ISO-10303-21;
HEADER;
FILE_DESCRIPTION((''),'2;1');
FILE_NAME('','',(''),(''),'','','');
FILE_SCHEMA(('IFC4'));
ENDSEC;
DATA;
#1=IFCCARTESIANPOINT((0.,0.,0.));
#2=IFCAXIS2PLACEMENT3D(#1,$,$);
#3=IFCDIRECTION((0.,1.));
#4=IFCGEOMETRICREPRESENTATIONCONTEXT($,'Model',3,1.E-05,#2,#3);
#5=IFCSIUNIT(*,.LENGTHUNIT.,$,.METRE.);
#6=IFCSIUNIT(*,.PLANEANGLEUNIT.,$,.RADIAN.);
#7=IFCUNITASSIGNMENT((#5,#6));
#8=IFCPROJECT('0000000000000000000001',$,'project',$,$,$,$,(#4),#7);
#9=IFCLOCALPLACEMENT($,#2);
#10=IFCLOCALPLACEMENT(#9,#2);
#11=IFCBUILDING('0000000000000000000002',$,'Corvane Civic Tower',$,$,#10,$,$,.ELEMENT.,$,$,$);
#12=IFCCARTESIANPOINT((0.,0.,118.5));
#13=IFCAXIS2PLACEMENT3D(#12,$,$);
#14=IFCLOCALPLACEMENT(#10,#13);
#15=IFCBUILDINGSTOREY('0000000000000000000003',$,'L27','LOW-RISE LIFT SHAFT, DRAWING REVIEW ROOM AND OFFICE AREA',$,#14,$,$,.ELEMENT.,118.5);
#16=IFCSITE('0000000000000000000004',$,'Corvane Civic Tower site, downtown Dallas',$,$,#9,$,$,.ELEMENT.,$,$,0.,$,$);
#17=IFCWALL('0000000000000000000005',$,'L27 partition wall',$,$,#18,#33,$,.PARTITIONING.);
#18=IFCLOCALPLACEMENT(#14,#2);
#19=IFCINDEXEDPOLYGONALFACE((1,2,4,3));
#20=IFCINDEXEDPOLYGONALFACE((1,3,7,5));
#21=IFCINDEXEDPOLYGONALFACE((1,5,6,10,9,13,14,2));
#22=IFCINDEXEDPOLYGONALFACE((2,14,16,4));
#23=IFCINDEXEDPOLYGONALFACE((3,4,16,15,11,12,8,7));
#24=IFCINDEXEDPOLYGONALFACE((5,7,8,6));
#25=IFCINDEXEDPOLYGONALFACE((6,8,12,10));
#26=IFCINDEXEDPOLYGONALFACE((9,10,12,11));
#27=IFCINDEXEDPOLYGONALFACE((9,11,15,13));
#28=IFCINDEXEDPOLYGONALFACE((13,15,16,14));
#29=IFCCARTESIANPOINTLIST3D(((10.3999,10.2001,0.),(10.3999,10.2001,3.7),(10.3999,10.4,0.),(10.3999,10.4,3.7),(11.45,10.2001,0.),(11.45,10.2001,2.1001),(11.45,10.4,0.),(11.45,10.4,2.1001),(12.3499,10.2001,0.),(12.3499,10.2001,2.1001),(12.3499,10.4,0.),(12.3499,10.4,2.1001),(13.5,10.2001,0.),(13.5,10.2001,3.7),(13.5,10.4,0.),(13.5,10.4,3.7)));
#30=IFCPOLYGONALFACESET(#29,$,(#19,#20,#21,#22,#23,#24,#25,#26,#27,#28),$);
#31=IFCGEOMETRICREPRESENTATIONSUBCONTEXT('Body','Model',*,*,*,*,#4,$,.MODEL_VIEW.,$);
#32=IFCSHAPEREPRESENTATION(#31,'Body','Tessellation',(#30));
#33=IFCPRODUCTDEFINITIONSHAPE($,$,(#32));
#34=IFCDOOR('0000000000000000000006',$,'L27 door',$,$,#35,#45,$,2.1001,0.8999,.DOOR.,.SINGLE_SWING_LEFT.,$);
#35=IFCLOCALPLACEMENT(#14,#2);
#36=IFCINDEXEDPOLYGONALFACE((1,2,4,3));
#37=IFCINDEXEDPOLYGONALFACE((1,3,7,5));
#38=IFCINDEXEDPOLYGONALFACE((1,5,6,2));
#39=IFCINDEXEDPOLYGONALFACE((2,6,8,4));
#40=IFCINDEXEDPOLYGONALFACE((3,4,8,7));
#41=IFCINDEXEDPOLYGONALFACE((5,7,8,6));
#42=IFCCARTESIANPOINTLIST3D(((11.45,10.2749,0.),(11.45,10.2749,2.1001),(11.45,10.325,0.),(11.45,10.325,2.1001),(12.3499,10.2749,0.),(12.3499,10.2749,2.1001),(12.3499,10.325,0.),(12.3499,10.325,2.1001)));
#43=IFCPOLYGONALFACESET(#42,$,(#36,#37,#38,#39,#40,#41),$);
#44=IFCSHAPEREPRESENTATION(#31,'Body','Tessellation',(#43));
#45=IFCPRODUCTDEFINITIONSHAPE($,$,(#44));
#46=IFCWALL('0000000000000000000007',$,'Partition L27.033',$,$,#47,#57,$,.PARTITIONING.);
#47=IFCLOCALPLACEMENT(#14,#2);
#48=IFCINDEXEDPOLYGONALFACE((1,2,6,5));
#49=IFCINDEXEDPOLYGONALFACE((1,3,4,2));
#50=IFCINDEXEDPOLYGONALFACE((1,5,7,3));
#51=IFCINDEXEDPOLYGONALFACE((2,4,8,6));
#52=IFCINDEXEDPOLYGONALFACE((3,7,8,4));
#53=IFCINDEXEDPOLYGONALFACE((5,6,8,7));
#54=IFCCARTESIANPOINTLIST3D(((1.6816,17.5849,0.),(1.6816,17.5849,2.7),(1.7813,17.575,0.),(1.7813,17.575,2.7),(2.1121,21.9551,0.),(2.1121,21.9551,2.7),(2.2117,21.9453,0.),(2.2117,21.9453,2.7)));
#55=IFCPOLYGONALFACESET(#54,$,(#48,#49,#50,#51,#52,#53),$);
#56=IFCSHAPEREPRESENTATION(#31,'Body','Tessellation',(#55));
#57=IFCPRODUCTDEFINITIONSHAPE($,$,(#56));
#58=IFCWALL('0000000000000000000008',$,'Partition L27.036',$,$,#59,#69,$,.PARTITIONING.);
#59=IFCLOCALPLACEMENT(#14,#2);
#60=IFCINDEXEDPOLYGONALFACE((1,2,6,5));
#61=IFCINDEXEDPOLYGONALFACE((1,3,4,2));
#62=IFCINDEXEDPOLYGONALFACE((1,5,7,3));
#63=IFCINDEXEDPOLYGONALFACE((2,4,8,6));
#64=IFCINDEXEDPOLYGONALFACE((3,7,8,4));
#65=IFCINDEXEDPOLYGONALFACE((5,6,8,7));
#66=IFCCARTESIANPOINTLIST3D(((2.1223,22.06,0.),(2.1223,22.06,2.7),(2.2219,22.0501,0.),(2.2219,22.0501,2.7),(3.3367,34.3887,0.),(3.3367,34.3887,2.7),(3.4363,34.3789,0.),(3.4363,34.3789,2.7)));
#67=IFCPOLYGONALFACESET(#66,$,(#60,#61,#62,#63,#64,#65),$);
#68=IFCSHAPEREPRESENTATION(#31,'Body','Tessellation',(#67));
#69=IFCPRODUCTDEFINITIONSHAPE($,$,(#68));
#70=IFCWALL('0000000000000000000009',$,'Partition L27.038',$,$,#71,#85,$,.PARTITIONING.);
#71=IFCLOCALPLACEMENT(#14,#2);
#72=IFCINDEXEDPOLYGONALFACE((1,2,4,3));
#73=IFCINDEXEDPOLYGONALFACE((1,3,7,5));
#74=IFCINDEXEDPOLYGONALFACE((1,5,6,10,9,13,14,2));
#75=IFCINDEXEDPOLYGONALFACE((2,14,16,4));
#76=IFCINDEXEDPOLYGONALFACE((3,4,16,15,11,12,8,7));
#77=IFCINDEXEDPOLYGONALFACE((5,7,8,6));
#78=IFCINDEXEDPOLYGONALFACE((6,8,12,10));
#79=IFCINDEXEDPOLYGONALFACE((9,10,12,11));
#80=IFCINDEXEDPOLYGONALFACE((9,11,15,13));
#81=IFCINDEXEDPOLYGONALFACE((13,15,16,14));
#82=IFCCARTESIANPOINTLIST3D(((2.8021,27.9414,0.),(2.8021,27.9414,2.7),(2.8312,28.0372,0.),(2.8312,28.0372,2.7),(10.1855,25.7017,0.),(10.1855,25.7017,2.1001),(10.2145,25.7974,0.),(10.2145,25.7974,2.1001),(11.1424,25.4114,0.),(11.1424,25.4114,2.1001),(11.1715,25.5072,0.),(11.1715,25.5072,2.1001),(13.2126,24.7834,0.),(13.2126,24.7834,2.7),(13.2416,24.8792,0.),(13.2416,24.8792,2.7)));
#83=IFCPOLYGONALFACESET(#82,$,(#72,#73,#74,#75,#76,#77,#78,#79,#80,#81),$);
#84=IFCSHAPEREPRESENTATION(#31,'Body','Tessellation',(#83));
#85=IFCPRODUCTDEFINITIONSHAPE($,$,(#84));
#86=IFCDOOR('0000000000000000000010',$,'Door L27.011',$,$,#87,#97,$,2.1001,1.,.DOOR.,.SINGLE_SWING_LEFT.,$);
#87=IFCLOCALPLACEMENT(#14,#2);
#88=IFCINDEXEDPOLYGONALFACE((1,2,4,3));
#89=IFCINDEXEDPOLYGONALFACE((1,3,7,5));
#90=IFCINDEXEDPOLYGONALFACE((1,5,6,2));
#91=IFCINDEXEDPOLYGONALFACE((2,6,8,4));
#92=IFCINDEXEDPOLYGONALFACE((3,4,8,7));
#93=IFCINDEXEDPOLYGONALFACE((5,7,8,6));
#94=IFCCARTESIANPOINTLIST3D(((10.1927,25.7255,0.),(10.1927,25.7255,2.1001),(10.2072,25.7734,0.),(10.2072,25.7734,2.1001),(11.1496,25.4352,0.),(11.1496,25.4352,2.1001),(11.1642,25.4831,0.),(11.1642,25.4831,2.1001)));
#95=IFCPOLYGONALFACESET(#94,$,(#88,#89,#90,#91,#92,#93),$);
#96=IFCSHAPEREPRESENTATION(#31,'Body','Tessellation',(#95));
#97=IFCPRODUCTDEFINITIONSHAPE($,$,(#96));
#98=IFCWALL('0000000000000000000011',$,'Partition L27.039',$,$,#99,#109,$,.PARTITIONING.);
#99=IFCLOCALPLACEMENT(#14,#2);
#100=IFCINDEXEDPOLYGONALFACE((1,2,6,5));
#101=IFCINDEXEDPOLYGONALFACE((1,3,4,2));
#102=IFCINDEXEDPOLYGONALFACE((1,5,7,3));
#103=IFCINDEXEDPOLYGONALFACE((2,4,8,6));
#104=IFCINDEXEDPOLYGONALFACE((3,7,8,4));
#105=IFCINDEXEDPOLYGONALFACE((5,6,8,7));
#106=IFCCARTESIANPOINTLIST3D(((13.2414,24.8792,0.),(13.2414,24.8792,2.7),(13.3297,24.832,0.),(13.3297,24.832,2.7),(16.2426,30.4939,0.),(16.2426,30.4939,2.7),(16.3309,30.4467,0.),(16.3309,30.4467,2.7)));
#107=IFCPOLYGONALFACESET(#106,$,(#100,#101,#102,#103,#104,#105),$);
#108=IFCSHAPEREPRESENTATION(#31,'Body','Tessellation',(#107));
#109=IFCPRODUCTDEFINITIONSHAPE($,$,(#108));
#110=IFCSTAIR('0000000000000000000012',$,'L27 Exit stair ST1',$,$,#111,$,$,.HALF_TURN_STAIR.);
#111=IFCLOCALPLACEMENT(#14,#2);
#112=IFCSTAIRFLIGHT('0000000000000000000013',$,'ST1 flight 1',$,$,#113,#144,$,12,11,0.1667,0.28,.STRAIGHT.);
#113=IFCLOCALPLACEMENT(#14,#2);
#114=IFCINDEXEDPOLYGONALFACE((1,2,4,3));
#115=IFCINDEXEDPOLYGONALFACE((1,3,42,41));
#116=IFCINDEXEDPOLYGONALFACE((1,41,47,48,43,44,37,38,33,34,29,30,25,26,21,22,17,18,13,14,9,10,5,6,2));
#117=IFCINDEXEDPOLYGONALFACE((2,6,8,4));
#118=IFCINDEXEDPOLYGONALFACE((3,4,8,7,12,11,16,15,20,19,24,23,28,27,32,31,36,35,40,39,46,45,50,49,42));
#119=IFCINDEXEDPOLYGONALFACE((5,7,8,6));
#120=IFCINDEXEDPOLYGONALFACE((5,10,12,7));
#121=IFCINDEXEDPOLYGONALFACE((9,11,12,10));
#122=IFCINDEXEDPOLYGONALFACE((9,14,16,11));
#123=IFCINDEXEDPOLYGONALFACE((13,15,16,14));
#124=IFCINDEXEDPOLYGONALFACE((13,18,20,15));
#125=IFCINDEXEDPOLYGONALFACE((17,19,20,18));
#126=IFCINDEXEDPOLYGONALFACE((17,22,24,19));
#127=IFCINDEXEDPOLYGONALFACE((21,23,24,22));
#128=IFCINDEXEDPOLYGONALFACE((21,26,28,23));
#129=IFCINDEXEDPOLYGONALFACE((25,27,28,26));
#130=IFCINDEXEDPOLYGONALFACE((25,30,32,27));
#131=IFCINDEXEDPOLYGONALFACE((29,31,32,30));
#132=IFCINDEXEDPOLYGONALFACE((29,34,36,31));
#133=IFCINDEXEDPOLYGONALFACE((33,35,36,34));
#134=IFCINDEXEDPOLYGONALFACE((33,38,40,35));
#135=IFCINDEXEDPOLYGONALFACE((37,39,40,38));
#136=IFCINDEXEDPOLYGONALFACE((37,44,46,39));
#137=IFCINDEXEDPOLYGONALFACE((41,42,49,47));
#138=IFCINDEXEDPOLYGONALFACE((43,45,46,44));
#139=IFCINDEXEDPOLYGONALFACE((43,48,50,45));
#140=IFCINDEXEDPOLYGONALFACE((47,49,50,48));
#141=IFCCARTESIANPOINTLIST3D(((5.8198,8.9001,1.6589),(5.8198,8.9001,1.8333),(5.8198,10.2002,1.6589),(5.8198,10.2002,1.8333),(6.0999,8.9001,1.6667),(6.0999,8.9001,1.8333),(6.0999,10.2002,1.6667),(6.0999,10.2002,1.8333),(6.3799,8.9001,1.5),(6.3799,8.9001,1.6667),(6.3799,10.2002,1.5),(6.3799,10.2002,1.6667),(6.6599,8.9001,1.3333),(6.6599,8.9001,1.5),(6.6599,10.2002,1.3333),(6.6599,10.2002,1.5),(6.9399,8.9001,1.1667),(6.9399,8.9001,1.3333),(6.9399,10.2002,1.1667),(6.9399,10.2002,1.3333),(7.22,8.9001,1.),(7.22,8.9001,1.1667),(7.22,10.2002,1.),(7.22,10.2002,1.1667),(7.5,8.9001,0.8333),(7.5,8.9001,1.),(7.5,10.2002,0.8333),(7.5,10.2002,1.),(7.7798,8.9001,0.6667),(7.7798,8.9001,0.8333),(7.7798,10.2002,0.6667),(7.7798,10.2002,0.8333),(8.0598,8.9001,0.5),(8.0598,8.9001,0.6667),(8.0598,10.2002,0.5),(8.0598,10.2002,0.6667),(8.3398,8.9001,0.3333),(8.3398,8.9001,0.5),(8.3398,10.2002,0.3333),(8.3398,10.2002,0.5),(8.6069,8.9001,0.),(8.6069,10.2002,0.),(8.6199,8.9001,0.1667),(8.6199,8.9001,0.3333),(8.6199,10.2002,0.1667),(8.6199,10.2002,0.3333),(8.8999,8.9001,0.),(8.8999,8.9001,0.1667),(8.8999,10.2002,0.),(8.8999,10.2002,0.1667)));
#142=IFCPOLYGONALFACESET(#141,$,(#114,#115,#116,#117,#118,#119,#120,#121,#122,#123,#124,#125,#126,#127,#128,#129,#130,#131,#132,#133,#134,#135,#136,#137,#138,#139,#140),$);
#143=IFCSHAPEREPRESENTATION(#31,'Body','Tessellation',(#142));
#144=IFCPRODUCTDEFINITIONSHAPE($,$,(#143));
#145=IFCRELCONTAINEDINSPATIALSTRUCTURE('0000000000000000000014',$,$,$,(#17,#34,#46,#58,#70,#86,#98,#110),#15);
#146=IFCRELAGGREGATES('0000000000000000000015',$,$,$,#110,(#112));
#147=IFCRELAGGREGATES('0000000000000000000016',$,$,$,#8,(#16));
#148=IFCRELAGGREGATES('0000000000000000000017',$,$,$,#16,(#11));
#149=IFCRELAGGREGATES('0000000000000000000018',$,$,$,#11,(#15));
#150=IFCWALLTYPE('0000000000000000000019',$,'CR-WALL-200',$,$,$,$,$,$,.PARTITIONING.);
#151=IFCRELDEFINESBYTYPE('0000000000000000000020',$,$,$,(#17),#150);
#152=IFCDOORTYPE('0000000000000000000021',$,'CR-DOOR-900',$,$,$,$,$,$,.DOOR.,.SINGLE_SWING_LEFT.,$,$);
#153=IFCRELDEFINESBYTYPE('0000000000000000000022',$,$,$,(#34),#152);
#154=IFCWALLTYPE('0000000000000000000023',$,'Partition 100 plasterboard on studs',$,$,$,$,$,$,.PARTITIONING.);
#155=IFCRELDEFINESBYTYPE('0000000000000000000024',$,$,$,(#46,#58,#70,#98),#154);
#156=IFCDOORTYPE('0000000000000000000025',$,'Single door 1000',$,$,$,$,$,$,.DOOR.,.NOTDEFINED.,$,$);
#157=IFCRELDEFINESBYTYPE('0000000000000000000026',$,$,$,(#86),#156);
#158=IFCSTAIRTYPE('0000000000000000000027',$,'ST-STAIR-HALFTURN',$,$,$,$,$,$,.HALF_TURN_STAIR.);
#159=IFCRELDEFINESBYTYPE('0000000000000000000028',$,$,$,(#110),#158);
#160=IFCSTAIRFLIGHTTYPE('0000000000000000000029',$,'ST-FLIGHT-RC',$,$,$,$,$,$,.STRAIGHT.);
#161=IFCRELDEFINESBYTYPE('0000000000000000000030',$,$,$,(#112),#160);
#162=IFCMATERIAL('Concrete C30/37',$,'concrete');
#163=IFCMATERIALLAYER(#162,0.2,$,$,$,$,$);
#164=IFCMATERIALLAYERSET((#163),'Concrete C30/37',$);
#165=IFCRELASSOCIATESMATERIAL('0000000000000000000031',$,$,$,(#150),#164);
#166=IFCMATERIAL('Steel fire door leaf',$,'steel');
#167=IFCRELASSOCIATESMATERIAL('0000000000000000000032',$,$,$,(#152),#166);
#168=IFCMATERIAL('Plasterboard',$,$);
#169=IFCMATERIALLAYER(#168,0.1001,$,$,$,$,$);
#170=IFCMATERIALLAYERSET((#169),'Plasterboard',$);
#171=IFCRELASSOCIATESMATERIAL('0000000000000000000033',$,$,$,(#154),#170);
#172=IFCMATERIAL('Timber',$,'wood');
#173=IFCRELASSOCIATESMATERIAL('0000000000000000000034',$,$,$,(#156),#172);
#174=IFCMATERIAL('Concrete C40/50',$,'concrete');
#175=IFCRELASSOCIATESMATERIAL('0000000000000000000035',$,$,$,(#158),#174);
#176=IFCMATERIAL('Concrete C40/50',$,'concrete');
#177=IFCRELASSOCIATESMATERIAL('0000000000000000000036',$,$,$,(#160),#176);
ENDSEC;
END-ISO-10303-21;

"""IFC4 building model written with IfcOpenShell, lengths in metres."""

from ifc_helpers import new_model, si_unit, direction, frame, frame_2d, origin, place, context, subcontext, project, spatial, polyline, rectangle, outline, extrude, material, layer, layer_set, type_object, element, fill, aggregate, save


model = new_model("IFC4")

# Units and contexts
model_context = context("Model", 3, precision=1e-05, world=origin(), true_north=direction((0.0, 1.0)))
body_context = subcontext(model_context, "Body", "Model", "MODEL_VIEW")
ifc_project = project(units=[si_unit("LENGTHUNIT", "METRE"), si_unit("PLANEANGLEUNIT", "RADIAN")], contexts=[model_context])

# Site, building, storey
site_placement = place(None, origin())
site = spatial("IfcSite", under=ifc_project, at=site_placement, Name="Corvane Civic Tower site, downtown Dallas", CompositionType="ELEMENT", RefElevation=0.0)
building_placement = place(site_placement, origin())
building = spatial("IfcBuilding", under=site, at=building_placement, Name="Corvane Civic Tower", CompositionType="ELEMENT")
storey_placement = place(building_placement, frame((0.0, 0.0, 118.5)))
storey = spatial("IfcBuildingStorey", under=building, at=storey_placement, Name="L27", Description="LOW-RISE LIFT SHAFT, DRAWING REVIEW ROOM AND OFFICE AREA", CompositionType="ELEMENT", Elevation=118.5)

# Wall, opening, door
ifc_material_1 = material(Name="Concrete C30/37", Category="concrete")
ifc_layer_1 = layer(ifc_material_1, 0.2)
ifc_layer_set_1 = layer_set([ifc_layer_1], Name="Concrete C30/37")
wall_type_1 = type_object("IfcWallType", Name="CR-WALL-200", PredefinedType="PARTITIONING", material=ifc_layer_set_1)
wall_1_placement = place(storey_placement, frame((10.3999, 10.3, 0.0), z_axis=(0.0, 0.0, 1.0), x_axis=(1.0, 0.0, 0.0)))
wall_1 = element("IfcWall", 1, at=wall_1_placement, inside=storey, type_object=wall_type_1, Name="L27 partition wall", PredefinedType="PARTITIONING", context=body_context, shape_type="SweptSolid", body=[
    extrude(rectangle(XDim=3.1001, YDim=0.2, at=frame_2d((1.55, 0.0))), origin(), (0.0, 0.0, 1.0), 3.7),
])
opening_1_placement = place(wall_1_placement, frame((1.05, 0.0, 0.0)))
opening_1 = element("IfcOpeningElement", 2, at=opening_1_placement, cuts=wall_1, PredefinedType="OPENING", context=body_context, shape_type="SweptSolid", body=[
    extrude(rectangle(XDim=0.8999, YDim=2.1001, at=frame_2d((0.45, 1.05))), frame((0.0, 0.1099, 0.0), z_axis=(0.0, -1.0, 0.0), x_axis=(1.0, 0.0, 0.0)), (0.0, 0.0, 1.0), 0.22),
])
ifc_material_2 = material(Name="Steel fire door leaf", Category="steel")
door_type_1 = type_object("IfcDoorType", Name="CR-DOOR-900", OperationType="SINGLE_SWING_LEFT", PredefinedType="DOOR", material=ifc_material_2)
door_1_placement = place(opening_1_placement, origin())
door_1 = element("IfcDoor", 3, at=door_1_placement, inside=storey, type_object=door_type_1, Name="L27 door", OperationType="SINGLE_SWING_LEFT", OverallHeight=2.1001, OverallWidth=0.8999, PredefinedType="DOOR", context=body_context, shape_type="SweptSolid", body=[
    extrude(rectangle(XDim=0.8999, YDim=2.1001, at=frame_2d((0.45, 1.05))), frame((0.0, 0.0249, 0.0), z_axis=(0.0, -1.0, 0.0), x_axis=(1.0, 0.0, 0.0)), (0.0, 0.0, 1.0), 0.05),
])
fill(opening_1, door_1)

# Walls
ifc_material_3 = material(Name="Plasterboard")
ifc_layer_2 = layer(ifc_material_3, 0.1001)
ifc_layer_set_2 = layer_set([ifc_layer_2], Name="Plasterboard")
wall_type_2 = type_object("IfcWallType", Name="Partition 100 plasterboard on studs", PredefinedType="PARTITIONING", material=ifc_layer_set_2)
wall_2_placement = place(storey_placement, frame((1.7314, 17.5798, 0.0), z_axis=(0.0, 0.0, 1.0), x_axis=(0.098017, 0.995185, 0.0)))
element("IfcWall", 4, at=wall_2_placement, inside=storey, type_object=wall_type_2, Name="Partition L27.033", PredefinedType="PARTITIONING", context=body_context, shape_type="SweptSolid", body=[
    extrude(rectangle(XDim=4.3914, YDim=0.1001, at=frame_2d((2.1958, 0.0))), origin(), (0.0, 0.0, 1.0), 2.7),
])
wall_3_placement = place(storey_placement, frame((2.1721, 22.0549, 0.0), z_axis=(0.0, 0.0, 1.0), x_axis=(0.098023, 0.995184, 0.0)))
element("IfcWall", 5, at=wall_3_placement, inside=storey, type_object=wall_type_2, Name="Partition L27.036", PredefinedType="PARTITIONING", context=body_context, shape_type="SweptSolid", body=[
    extrude(rectangle(XDim=12.3884, YDim=0.1001, at=frame_2d((6.1943, 0.0))), origin(), (0.0, 0.0, 1.0), 2.7),
])

# Wall, opening, door
wall_4_placement = place(storey_placement, frame((2.8167, 27.9893, 0.0), z_axis=(0.0, 0.0, 1.0), x_axis=(0.95694, -0.290285, 0.0)))
wall_4 = element("IfcWall", 6, at=wall_4_placement, inside=storey, type_object=wall_type_2, Name="Partition L27.038", PredefinedType="PARTITIONING", context=body_context, shape_type="SweptSolid", body=[
    extrude(rectangle(XDim=10.8789, YDim=0.1001, at=frame_2d((5.4395, 0.0))), origin(), (0.0, 0.0, 1.0), 2.7),
])
opening_2_placement = place(wall_4_placement, frame((7.7156, 0.0, 0.0)))
opening_2 = element("IfcOpeningElement", 7, at=opening_2_placement, cuts=wall_4, PredefinedType="OPENING", context=body_context, shape_type="SweptSolid", body=[
    extrude(rectangle(XDim=1.0, YDim=2.1001, at=frame_2d((0.5, 1.05))), frame((0.0, 0.0601, 0.0), z_axis=(0.0, -1.0, 0.0), x_axis=(1.0, 0.0, 0.0)), (0.0, 0.0, 1.0), 0.1201),
])
ifc_material_4 = material(Name="Timber", Category="wood")
door_type_2 = type_object("IfcDoorType", Name="Single door 1000", OperationType="NOTDEFINED", PredefinedType="DOOR", material=ifc_material_4)
door_2_placement = place(opening_2_placement, origin())
door_2 = element("IfcDoor", 8, at=door_2_placement, inside=storey, type_object=door_type_2, Name="Door L27.011", OperationType="SINGLE_SWING_LEFT", OverallHeight=2.1001, OverallWidth=1.0, PredefinedType="DOOR", context=body_context, shape_type="SweptSolid", body=[
    extrude(rectangle(XDim=1.0, YDim=2.1001, at=frame_2d((0.5, 1.05))), frame((0.0, 0.0249, 0.0), z_axis=(0.0, -1.0, 0.0), x_axis=(1.0, 0.0, 0.0)), (0.0, 0.0, 1.0), 0.05),
])
fill(opening_2, door_2)

# Wall
wall_5_placement = place(storey_placement, frame((13.2856, 24.8557, 0.0), z_axis=(0.0, 0.0, 1.0), x_axis=(0.471406, 0.881916, 0.0)))
element("IfcWall", 9, at=wall_5_placement, inside=storey, type_object=wall_type_2, Name="Partition L27.039", PredefinedType="PARTITIONING", context=body_context, shape_type="SweptSolid", body=[
    extrude(rectangle(XDim=6.3665, YDim=0.1001, at=frame_2d((3.1831, 0.0))), origin(), (0.0, 0.0, 1.0), 2.7),
])

# Stair, stair flight
ifc_material_5 = material(Name="Concrete C40/50", Category="concrete")
stair_type = type_object("IfcStairType", Name="ST-STAIR-HALFTURN", PredefinedType="HALF_TURN_STAIR", material=ifc_material_5)
stair_placement = place(storey_placement, origin())
stair = element("IfcStair", 10, at=stair_placement, inside=storey, type_object=stair_type, Name="L27 Exit stair ST1", PredefinedType="HALF_TURN_STAIR")
ifc_material_6 = material(Name="Concrete C40/50", Category="concrete")
stair_flight_type = type_object("IfcStairFlightType", Name="ST-FLIGHT-RC", PredefinedType="STRAIGHT", material=ifc_material_6)
stair_flight_placement = place(storey_placement, frame((8.8999, 9.55, 0.0), z_axis=(0.0, 0.0, 1.0), x_axis=(-1.0, 0.0, 0.0)))
stair_flight = element("IfcStairFlight", 11, at=stair_flight_placement, type_object=stair_flight_type, Name="ST1 flight 1", NumberOfRisers=12, NumberOfTreads=11, PredefinedType="STRAIGHT", RiserHeight=0.1667, TreadLength=0.28, context=body_context, shape_type="SweptSolid", body=[
    extrude(outline(polyline([(0.0, 0.0), (0.0, 0.1667), (0.28, 0.1667), (0.28, 0.3333), (0.5601, 0.3333), (0.5601, 0.5), (0.8401, 0.5), (0.8401, 0.6667), (1.1201, 0.6667), (1.1201, 0.8333), (1.3999, 0.8333), (1.3999, 1.0), (1.6799, 1.0), (1.6799, 1.1667), (1.96, 1.1667), (1.96, 1.3333), (2.24, 1.3333), (2.24, 1.5), (2.52, 1.5), (2.52, 1.6667), (2.8, 1.6667), (2.8, 1.8333), (3.0801, 1.8333), (3.0801, 2.0), (3.0801, 1.6589), (0.293, 0.0), (0.0, 0.0)])), frame((0.0, 0.6499, 0.0), z_axis=(0.0, -1.0, 0.0), x_axis=(1.0, 0.0, 0.0)), (0.0, 0.0, 1.0), 1.3),
])
aggregate(stair, [stair_flight])

save(model, "model.ifc")
